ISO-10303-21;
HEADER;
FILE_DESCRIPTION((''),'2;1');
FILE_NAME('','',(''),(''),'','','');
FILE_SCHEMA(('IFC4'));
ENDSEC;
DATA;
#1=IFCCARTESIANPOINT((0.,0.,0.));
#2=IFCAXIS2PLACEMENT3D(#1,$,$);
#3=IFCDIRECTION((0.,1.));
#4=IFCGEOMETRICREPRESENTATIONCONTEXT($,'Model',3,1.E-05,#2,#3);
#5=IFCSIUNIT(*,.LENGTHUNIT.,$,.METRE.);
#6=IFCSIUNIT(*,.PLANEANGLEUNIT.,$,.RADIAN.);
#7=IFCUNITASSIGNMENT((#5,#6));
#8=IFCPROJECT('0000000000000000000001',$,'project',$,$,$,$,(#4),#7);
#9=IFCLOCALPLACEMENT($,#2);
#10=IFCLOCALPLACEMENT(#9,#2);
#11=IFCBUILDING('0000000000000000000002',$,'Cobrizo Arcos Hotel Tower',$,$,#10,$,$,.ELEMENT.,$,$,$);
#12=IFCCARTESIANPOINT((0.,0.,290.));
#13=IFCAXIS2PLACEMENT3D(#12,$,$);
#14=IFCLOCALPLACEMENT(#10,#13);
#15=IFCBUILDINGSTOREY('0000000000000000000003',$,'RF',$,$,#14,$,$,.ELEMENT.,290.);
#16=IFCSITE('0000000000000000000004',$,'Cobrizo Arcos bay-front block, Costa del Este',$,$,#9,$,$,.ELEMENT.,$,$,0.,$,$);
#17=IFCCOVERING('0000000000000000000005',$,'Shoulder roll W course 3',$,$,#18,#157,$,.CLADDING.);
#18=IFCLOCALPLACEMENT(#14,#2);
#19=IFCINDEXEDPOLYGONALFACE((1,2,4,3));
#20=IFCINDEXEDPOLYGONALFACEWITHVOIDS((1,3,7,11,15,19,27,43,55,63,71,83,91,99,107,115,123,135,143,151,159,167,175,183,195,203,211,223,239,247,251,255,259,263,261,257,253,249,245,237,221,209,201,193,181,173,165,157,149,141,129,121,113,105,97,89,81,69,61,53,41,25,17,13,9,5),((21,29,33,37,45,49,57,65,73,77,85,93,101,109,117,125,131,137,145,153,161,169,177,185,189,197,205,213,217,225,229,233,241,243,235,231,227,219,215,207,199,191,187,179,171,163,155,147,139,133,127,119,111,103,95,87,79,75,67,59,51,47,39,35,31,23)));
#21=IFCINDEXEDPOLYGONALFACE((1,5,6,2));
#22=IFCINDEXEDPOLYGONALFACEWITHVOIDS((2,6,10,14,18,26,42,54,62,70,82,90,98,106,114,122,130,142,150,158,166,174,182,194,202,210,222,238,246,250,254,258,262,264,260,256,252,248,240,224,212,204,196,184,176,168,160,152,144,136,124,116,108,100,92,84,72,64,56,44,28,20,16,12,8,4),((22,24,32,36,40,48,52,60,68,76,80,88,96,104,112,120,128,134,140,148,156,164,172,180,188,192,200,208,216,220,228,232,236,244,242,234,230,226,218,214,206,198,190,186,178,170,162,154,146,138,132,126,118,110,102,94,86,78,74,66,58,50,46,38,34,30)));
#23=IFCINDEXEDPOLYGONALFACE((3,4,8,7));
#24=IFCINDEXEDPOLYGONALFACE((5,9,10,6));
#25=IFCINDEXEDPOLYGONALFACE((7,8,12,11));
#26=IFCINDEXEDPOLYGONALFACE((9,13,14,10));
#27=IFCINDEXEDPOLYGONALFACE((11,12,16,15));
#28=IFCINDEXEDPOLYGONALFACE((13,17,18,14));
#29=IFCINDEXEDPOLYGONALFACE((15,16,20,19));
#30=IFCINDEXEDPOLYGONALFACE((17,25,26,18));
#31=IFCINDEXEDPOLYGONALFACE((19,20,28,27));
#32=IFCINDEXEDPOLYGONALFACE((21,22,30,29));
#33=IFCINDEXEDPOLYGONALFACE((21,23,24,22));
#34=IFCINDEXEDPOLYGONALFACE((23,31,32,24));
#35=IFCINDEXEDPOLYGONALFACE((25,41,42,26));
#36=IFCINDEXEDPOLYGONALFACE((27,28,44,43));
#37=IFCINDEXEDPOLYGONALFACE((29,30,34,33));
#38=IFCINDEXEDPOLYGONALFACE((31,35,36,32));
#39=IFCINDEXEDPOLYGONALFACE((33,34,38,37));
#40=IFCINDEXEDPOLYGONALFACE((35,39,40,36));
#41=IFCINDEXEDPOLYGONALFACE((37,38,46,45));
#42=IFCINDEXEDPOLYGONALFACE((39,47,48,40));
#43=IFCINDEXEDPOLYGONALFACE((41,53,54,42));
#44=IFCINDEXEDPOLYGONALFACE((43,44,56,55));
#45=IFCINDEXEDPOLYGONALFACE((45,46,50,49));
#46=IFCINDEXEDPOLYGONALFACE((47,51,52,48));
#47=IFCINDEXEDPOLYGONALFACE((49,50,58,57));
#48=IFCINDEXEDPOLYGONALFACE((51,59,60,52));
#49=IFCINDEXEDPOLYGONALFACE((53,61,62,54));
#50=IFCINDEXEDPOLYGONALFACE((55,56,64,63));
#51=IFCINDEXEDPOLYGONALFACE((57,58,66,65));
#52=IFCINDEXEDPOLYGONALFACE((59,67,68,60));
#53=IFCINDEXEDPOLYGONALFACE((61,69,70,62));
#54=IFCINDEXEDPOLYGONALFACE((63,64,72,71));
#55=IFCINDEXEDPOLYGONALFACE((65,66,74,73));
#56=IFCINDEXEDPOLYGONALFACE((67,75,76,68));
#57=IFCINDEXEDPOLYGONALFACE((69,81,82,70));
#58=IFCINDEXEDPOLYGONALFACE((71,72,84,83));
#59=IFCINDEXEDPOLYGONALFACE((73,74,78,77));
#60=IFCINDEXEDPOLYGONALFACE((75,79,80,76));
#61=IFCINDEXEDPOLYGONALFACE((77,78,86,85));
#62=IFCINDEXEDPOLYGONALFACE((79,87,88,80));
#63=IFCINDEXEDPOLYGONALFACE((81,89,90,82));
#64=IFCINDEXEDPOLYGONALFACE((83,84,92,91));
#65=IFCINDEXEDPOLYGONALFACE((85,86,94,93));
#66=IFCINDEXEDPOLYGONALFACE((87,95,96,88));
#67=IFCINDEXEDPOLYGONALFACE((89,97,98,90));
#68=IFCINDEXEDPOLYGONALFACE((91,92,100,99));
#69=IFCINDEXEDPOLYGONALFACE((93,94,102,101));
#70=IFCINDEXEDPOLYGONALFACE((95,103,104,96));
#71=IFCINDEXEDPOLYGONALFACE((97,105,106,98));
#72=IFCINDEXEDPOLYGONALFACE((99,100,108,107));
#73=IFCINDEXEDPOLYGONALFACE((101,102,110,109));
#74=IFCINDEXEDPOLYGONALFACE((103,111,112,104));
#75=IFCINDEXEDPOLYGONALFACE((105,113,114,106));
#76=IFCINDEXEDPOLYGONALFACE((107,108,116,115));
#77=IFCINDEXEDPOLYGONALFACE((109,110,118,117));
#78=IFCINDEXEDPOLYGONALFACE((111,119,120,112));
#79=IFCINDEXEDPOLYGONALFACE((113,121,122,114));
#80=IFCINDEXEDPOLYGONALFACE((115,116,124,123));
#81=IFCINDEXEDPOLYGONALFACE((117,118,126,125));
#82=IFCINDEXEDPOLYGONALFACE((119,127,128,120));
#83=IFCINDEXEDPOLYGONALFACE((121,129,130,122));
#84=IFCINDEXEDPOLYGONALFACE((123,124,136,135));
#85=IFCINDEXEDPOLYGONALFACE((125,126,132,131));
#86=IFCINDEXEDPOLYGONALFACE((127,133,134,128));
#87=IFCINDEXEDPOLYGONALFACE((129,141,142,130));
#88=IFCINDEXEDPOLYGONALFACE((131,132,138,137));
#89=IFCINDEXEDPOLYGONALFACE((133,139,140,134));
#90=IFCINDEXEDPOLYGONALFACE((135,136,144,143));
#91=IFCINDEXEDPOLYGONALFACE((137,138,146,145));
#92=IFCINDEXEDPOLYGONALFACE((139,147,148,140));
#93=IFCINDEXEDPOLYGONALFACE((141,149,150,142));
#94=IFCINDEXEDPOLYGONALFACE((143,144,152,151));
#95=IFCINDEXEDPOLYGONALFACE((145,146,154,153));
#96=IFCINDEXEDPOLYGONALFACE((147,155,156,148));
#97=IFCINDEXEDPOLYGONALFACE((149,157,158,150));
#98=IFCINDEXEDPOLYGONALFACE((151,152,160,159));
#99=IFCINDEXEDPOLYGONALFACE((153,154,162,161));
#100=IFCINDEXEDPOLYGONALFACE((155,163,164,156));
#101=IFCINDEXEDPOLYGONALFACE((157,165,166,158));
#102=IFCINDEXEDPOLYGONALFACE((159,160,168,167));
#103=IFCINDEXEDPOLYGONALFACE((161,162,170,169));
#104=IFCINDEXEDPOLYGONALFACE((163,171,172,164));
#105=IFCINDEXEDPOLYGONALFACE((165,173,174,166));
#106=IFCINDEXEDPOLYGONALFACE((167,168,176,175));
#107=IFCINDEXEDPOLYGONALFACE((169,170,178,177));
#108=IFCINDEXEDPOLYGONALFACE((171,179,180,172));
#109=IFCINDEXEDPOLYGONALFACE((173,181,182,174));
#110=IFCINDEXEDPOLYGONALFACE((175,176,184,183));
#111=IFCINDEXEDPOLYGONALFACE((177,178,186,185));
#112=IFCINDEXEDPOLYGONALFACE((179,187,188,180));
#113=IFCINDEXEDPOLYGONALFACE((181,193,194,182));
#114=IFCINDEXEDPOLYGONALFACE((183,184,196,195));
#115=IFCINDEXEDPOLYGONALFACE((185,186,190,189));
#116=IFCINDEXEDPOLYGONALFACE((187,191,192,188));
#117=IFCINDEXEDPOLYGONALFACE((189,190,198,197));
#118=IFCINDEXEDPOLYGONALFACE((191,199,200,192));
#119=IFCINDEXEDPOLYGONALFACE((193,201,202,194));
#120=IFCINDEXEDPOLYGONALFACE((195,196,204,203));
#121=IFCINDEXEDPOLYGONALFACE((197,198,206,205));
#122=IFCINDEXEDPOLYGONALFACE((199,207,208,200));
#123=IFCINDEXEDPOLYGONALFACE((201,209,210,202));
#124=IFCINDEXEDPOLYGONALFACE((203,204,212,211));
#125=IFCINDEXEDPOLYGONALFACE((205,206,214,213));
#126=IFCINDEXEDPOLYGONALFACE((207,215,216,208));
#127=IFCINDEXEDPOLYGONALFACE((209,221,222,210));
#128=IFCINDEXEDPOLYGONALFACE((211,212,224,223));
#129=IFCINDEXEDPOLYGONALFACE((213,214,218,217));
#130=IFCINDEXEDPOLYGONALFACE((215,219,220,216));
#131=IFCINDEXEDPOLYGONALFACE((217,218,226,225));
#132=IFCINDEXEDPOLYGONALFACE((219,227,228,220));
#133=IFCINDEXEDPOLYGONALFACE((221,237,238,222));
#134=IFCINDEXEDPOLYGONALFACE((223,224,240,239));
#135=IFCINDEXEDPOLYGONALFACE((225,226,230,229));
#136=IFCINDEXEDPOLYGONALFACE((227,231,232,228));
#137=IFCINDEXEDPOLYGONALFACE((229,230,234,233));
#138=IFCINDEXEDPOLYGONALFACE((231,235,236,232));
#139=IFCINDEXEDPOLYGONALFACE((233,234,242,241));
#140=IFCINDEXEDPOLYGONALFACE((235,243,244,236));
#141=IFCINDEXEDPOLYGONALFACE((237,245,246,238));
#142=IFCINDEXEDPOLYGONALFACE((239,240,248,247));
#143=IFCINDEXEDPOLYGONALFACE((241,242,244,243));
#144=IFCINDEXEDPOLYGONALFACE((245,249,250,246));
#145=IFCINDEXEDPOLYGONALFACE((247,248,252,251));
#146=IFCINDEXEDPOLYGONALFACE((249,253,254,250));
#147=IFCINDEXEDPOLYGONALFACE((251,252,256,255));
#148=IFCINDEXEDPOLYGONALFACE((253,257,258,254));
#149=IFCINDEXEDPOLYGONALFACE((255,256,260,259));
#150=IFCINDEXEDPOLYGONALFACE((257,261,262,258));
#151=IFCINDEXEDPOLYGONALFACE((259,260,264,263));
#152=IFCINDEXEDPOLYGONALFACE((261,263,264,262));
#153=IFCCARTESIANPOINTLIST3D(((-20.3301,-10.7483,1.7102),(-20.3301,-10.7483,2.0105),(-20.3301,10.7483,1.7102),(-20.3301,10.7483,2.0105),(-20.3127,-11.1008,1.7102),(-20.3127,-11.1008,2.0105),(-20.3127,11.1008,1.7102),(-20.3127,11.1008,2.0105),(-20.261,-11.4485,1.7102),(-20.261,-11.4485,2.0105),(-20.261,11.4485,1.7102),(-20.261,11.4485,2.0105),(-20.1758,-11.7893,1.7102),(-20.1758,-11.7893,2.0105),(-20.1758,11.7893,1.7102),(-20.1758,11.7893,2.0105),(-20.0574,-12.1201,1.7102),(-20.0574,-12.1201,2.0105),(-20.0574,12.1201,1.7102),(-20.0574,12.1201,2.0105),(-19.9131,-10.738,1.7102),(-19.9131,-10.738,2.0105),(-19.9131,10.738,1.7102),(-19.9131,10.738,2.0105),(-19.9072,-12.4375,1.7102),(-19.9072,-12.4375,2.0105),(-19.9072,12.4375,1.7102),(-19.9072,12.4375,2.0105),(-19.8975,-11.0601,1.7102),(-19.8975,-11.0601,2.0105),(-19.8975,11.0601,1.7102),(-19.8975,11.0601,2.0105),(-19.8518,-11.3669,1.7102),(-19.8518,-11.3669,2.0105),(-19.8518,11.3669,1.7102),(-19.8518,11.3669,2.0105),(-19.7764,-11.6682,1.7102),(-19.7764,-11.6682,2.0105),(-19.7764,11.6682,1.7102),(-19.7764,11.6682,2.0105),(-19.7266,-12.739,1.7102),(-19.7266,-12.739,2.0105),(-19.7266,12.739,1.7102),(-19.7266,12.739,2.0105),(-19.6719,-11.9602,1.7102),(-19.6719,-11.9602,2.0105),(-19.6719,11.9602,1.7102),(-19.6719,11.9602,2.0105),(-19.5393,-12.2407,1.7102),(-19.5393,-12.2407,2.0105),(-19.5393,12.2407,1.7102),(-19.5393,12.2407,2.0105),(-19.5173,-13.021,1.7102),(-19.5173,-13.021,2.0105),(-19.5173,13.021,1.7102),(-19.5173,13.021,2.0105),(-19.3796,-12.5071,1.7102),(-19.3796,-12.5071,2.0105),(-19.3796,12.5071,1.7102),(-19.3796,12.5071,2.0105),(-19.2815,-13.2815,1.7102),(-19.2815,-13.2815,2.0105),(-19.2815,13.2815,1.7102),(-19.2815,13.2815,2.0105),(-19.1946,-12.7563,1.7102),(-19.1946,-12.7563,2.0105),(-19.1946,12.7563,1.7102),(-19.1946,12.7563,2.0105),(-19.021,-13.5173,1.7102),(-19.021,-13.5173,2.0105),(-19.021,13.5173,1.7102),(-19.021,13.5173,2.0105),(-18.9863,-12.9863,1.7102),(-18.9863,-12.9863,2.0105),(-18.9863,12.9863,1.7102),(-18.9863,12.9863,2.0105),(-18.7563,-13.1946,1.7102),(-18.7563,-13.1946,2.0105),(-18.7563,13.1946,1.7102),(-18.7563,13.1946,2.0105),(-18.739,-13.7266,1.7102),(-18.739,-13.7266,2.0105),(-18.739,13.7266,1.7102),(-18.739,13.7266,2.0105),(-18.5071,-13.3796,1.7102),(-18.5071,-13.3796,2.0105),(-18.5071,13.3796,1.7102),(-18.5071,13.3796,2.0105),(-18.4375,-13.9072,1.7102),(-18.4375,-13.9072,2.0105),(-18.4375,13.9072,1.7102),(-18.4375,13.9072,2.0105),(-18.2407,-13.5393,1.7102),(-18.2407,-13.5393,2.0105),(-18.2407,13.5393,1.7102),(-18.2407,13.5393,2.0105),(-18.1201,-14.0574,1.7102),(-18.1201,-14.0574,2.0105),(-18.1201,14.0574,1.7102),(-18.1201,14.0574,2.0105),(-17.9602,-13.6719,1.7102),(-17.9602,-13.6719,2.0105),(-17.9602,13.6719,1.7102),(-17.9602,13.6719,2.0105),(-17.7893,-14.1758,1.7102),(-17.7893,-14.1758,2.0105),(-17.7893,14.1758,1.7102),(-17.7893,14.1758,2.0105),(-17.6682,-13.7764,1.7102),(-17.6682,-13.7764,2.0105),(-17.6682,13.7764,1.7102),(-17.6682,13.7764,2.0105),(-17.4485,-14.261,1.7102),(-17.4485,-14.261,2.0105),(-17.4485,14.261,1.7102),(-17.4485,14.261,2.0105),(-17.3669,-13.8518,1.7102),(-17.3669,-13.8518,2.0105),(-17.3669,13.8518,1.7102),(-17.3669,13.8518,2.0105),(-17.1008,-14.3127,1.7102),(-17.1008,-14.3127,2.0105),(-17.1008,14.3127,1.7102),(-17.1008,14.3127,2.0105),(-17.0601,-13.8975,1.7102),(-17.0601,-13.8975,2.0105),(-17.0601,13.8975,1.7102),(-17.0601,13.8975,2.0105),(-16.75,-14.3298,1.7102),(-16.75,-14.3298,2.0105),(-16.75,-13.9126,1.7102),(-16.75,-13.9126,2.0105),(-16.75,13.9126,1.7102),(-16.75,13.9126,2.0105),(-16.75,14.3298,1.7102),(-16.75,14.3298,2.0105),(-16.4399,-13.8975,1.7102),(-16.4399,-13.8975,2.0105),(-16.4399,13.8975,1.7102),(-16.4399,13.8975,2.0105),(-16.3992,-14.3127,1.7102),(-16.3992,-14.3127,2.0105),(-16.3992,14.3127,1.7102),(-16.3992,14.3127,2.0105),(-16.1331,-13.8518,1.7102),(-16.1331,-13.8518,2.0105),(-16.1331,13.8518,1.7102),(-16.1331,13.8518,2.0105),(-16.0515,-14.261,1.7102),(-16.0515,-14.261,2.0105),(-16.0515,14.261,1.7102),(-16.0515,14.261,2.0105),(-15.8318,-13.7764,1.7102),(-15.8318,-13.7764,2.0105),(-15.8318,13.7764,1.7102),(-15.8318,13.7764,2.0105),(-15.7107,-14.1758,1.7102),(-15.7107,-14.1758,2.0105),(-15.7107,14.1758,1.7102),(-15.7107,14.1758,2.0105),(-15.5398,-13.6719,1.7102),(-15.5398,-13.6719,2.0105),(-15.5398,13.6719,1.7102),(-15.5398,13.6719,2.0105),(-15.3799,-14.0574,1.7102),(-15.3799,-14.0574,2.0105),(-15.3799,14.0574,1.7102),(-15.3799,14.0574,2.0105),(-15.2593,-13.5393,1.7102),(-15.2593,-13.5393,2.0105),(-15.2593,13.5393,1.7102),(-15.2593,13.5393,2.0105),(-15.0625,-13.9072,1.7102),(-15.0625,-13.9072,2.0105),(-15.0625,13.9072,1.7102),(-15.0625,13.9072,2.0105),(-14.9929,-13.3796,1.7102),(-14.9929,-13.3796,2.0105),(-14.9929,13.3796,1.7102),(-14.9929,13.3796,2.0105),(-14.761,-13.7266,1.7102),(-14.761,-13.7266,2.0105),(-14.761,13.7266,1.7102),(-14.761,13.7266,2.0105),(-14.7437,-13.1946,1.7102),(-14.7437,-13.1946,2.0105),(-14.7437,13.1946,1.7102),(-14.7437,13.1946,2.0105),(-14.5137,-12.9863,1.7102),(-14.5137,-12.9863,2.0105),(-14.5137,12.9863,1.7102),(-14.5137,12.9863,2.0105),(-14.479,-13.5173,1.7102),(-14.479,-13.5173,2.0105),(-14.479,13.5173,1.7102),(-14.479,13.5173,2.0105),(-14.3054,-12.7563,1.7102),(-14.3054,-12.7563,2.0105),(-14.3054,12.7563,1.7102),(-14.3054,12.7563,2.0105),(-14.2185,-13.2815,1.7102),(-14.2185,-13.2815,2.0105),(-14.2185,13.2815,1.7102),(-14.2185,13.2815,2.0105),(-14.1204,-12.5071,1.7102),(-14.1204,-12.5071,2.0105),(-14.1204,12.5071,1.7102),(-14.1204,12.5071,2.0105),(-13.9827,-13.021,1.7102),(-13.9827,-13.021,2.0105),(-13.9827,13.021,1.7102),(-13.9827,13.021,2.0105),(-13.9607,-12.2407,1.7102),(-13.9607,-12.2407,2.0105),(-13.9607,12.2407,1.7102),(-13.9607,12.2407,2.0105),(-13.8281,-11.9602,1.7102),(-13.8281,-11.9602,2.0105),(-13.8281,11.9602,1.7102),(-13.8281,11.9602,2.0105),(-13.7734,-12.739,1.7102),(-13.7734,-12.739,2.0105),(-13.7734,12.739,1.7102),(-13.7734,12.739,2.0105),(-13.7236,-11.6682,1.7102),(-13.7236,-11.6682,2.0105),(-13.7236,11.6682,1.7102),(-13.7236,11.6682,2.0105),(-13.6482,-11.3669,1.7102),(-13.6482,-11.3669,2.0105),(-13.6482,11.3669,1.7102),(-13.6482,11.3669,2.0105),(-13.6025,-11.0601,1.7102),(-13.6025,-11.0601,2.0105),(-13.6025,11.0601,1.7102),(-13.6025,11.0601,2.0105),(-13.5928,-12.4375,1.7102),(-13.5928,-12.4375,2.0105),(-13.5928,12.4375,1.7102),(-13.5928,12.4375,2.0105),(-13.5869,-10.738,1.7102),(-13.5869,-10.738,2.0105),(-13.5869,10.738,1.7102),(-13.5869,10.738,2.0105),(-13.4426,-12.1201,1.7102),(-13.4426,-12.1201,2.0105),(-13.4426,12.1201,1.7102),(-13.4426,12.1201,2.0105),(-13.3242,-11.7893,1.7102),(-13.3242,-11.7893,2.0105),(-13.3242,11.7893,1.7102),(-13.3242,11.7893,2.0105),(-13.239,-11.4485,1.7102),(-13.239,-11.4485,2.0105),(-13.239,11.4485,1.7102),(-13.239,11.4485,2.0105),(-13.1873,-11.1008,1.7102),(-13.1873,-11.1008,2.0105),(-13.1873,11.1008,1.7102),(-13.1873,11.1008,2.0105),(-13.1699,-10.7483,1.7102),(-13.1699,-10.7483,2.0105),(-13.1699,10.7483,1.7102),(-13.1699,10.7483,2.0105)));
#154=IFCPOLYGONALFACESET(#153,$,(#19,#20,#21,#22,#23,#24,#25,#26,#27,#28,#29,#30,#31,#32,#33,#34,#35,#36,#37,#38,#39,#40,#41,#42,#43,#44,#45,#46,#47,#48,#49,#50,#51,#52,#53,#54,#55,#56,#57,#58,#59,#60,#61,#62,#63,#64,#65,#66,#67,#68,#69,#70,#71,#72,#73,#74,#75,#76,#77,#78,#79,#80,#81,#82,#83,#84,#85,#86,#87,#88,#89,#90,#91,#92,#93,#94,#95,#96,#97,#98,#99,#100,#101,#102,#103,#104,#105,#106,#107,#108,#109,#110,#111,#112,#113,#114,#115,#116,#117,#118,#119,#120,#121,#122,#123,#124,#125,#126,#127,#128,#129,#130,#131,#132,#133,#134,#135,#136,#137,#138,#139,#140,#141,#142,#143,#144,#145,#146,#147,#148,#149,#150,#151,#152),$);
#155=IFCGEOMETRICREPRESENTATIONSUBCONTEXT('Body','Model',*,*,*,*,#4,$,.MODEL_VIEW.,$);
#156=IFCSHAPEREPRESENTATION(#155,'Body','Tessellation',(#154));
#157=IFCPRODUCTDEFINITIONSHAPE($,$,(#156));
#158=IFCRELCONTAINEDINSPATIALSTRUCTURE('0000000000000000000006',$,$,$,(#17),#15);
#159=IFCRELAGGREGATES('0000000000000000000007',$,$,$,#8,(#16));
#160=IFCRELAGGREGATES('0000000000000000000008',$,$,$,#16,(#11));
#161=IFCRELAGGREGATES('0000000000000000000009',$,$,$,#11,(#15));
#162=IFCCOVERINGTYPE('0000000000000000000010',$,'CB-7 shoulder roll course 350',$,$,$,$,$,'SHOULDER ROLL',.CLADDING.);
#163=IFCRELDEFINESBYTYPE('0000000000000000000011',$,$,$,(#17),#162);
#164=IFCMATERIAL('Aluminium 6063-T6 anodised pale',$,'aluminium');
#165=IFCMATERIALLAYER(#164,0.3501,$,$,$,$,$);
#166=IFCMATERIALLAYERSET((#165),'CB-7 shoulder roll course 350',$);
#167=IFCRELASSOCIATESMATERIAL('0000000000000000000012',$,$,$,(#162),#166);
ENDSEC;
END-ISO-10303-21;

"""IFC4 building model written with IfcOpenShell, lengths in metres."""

from ifc_helpers import new_model, si_unit, direction, frame, origin, place, context, subcontext, project, spatial, polyline, outline, extrude, material, layer, layer_set, type_object, element, save


model = new_model("IFC4")

# Units and contexts
model_context = context("Model", 3, precision=1e-05, world=origin(), true_north=direction((0.0, 1.0)))
body_context = subcontext(model_context, "Body", "Model", "MODEL_VIEW")
ifc_project = project(units=[si_unit("LENGTHUNIT", "METRE"), si_unit("PLANEANGLEUNIT", "RADIAN")], contexts=[model_context])

# Site, building, storey
site_placement = place(None, origin())
site = spatial("IfcSite", under=ifc_project, at=site_placement, Name="Cobrizo Arcos bay-front block, Costa del Este", CompositionType="ELEMENT", RefElevation=0.0)
building_placement = place(site_placement, origin())
building = spatial("IfcBuilding", under=site, at=building_placement, Name="Cobrizo Arcos Hotel Tower", CompositionType="ELEMENT")
storey_placement = place(building_placement, frame((0.0, 0.0, 290.0)))
storey = spatial("IfcBuildingStorey", under=building, at=storey_placement, Name="RF", CompositionType="ELEMENT", Elevation=290.0)

# Covering
ifc_material_1 = material(Name="Aluminium 6063-T6 anodised pale", Category="aluminium")
ifc_layer_1 = layer(ifc_material_1, 0.3501)
ifc_layer_set_1 = layer_set([ifc_layer_1], Name="CB-7 shoulder roll course 350")
covering_type_1 = type_object("IfcCoveringType", Name="CB-7 shoulder roll course 350", ElementType="SHOULDER ROLL", PredefinedType="CLADDING", material=ifc_layer_set_1)
covering_1_placement = place(storey_placement, frame((0.0, 0.0, 1.7102)))
element("IfcCovering", 1, at=covering_1_placement, inside=storey, type_object=covering_type_1, Name="Shoulder roll W course 3", PredefinedType="CLADDING", context=body_context, shape_type="SweptSolid", body=[
    extrude(outline(polyline([(-20.3301, 10.7483), (-20.3127, 11.1008), (-20.261, 11.4485), (-20.1758, 11.7893), (-20.0574, 12.1201), (-19.9072, 12.4375), (-19.7266, 12.739), (-19.5173, 13.021), (-19.2815, 13.2815), (-19.021, 13.5173), (-18.739, 13.7266), (-18.4375, 13.9072), (-18.1201, 14.0574), (-17.7893, 14.1758), (-17.4485, 14.261), (-17.1008, 14.3127), (-16.75, 14.3298), (-16.3992, 14.3127), (-16.0515, 14.261), (-15.7107, 14.1758), (-15.3799, 14.0574), (-15.0625, 13.9072), (-14.761, 13.7266), (-14.479, 13.5173), (-14.2185, 13.2815), (-13.9827, 13.021), (-13.7734, 12.739), (-13.5928, 12.4375), (-13.4426, 12.1201), (-13.3242, 11.7893), (-13.239, 11.4485), (-13.1873, 11.1008), (-13.1699, 10.7483), (-13.1699, -10.7483), (-13.1873, -11.1008), (-13.239, -11.4485), (-13.3242, -11.7893), (-13.4426, -12.1201), (-13.5928, -12.4375), (-13.7734, -12.739), (-13.9827, -13.021), (-14.2185, -13.2815), (-14.479, -13.5173), (-14.761, -13.7266), (-15.0625, -13.9072), (-15.3799, -14.0574), (-15.7107, -14.1758), (-16.0515, -14.261), (-16.3992, -14.3127), (-16.75, -14.3298), (-17.1008, -14.3127), (-17.4485, -14.261), (-17.7893, -14.1758), (-18.1201, -14.0574), (-18.4375, -13.9072), (-18.739, -13.7266), (-19.021, -13.5173), (-19.2815, -13.2815), (-19.5173, -13.021), (-19.7266, -12.739), (-19.9072, -12.4375), (-20.0574, -12.1201), (-20.1758, -11.7893), (-20.261, -11.4485), (-20.3127, -11.1008), (-20.3301, -10.7483), (-20.3301, 10.7483)]), holes=[polyline([(-19.9131, 10.738), (-19.8975, 11.0601), (-19.8518, 11.3669), (-19.7764, 11.6682), (-19.6719, 11.9602), (-19.5393, 12.2407), (-19.3796, 12.5071), (-19.1946, 12.7563), (-18.9863, 12.9863), (-18.7563, 13.1946), (-18.5071, 13.3796), (-18.2407, 13.5393), (-17.9602, 13.6719), (-17.6682, 13.7764), (-17.3669, 13.8518), (-17.0601, 13.8975), (-16.75, 13.9126), (-16.4399, 13.8975), (-16.1331, 13.8518), (-15.8318, 13.7764), (-15.5398, 13.6719), (-15.2593, 13.5393), (-14.9929, 13.3796), (-14.7437, 13.1946), (-14.5137, 12.9863), (-14.3054, 12.7563), (-14.1204, 12.5071), (-13.9607, 12.2407), (-13.8281, 11.9602), (-13.7236, 11.6682), (-13.6482, 11.3669), (-13.6025, 11.0601), (-13.5869, 10.738), (-13.5869, -10.738), (-13.6025, -11.0601), (-13.6482, -11.3669), (-13.7236, -11.6682), (-13.8281, -11.9602), (-13.9607, -12.2407), (-14.1204, -12.5071), (-14.3054, -12.7563), (-14.5137, -12.9863), (-14.7437, -13.1946), (-14.9929, -13.3796), (-15.2593, -13.5393), (-15.5398, -13.6719), (-15.8318, -13.7764), (-16.1331, -13.8518), (-16.4399, -13.8975), (-16.75, -13.9126), (-17.0601, -13.8975), (-17.3669, -13.8518), (-17.6682, -13.7764), (-17.9602, -13.6719), (-18.2407, -13.5393), (-18.5071, -13.3796), (-18.7563, -13.1946), (-18.9863, -12.9863), (-19.1946, -12.7563), (-19.3796, -12.5071), (-19.5393, -12.2407), (-19.6719, -11.9602), (-19.7764, -11.6682), (-19.8518, -11.3669), (-19.8975, -11.0601), (-19.9131, -10.738), (-19.9131, 10.738)])]), origin(), (0.0, 0.0, 1.0), 0.3003),
])

save(model, "model.ifc")
